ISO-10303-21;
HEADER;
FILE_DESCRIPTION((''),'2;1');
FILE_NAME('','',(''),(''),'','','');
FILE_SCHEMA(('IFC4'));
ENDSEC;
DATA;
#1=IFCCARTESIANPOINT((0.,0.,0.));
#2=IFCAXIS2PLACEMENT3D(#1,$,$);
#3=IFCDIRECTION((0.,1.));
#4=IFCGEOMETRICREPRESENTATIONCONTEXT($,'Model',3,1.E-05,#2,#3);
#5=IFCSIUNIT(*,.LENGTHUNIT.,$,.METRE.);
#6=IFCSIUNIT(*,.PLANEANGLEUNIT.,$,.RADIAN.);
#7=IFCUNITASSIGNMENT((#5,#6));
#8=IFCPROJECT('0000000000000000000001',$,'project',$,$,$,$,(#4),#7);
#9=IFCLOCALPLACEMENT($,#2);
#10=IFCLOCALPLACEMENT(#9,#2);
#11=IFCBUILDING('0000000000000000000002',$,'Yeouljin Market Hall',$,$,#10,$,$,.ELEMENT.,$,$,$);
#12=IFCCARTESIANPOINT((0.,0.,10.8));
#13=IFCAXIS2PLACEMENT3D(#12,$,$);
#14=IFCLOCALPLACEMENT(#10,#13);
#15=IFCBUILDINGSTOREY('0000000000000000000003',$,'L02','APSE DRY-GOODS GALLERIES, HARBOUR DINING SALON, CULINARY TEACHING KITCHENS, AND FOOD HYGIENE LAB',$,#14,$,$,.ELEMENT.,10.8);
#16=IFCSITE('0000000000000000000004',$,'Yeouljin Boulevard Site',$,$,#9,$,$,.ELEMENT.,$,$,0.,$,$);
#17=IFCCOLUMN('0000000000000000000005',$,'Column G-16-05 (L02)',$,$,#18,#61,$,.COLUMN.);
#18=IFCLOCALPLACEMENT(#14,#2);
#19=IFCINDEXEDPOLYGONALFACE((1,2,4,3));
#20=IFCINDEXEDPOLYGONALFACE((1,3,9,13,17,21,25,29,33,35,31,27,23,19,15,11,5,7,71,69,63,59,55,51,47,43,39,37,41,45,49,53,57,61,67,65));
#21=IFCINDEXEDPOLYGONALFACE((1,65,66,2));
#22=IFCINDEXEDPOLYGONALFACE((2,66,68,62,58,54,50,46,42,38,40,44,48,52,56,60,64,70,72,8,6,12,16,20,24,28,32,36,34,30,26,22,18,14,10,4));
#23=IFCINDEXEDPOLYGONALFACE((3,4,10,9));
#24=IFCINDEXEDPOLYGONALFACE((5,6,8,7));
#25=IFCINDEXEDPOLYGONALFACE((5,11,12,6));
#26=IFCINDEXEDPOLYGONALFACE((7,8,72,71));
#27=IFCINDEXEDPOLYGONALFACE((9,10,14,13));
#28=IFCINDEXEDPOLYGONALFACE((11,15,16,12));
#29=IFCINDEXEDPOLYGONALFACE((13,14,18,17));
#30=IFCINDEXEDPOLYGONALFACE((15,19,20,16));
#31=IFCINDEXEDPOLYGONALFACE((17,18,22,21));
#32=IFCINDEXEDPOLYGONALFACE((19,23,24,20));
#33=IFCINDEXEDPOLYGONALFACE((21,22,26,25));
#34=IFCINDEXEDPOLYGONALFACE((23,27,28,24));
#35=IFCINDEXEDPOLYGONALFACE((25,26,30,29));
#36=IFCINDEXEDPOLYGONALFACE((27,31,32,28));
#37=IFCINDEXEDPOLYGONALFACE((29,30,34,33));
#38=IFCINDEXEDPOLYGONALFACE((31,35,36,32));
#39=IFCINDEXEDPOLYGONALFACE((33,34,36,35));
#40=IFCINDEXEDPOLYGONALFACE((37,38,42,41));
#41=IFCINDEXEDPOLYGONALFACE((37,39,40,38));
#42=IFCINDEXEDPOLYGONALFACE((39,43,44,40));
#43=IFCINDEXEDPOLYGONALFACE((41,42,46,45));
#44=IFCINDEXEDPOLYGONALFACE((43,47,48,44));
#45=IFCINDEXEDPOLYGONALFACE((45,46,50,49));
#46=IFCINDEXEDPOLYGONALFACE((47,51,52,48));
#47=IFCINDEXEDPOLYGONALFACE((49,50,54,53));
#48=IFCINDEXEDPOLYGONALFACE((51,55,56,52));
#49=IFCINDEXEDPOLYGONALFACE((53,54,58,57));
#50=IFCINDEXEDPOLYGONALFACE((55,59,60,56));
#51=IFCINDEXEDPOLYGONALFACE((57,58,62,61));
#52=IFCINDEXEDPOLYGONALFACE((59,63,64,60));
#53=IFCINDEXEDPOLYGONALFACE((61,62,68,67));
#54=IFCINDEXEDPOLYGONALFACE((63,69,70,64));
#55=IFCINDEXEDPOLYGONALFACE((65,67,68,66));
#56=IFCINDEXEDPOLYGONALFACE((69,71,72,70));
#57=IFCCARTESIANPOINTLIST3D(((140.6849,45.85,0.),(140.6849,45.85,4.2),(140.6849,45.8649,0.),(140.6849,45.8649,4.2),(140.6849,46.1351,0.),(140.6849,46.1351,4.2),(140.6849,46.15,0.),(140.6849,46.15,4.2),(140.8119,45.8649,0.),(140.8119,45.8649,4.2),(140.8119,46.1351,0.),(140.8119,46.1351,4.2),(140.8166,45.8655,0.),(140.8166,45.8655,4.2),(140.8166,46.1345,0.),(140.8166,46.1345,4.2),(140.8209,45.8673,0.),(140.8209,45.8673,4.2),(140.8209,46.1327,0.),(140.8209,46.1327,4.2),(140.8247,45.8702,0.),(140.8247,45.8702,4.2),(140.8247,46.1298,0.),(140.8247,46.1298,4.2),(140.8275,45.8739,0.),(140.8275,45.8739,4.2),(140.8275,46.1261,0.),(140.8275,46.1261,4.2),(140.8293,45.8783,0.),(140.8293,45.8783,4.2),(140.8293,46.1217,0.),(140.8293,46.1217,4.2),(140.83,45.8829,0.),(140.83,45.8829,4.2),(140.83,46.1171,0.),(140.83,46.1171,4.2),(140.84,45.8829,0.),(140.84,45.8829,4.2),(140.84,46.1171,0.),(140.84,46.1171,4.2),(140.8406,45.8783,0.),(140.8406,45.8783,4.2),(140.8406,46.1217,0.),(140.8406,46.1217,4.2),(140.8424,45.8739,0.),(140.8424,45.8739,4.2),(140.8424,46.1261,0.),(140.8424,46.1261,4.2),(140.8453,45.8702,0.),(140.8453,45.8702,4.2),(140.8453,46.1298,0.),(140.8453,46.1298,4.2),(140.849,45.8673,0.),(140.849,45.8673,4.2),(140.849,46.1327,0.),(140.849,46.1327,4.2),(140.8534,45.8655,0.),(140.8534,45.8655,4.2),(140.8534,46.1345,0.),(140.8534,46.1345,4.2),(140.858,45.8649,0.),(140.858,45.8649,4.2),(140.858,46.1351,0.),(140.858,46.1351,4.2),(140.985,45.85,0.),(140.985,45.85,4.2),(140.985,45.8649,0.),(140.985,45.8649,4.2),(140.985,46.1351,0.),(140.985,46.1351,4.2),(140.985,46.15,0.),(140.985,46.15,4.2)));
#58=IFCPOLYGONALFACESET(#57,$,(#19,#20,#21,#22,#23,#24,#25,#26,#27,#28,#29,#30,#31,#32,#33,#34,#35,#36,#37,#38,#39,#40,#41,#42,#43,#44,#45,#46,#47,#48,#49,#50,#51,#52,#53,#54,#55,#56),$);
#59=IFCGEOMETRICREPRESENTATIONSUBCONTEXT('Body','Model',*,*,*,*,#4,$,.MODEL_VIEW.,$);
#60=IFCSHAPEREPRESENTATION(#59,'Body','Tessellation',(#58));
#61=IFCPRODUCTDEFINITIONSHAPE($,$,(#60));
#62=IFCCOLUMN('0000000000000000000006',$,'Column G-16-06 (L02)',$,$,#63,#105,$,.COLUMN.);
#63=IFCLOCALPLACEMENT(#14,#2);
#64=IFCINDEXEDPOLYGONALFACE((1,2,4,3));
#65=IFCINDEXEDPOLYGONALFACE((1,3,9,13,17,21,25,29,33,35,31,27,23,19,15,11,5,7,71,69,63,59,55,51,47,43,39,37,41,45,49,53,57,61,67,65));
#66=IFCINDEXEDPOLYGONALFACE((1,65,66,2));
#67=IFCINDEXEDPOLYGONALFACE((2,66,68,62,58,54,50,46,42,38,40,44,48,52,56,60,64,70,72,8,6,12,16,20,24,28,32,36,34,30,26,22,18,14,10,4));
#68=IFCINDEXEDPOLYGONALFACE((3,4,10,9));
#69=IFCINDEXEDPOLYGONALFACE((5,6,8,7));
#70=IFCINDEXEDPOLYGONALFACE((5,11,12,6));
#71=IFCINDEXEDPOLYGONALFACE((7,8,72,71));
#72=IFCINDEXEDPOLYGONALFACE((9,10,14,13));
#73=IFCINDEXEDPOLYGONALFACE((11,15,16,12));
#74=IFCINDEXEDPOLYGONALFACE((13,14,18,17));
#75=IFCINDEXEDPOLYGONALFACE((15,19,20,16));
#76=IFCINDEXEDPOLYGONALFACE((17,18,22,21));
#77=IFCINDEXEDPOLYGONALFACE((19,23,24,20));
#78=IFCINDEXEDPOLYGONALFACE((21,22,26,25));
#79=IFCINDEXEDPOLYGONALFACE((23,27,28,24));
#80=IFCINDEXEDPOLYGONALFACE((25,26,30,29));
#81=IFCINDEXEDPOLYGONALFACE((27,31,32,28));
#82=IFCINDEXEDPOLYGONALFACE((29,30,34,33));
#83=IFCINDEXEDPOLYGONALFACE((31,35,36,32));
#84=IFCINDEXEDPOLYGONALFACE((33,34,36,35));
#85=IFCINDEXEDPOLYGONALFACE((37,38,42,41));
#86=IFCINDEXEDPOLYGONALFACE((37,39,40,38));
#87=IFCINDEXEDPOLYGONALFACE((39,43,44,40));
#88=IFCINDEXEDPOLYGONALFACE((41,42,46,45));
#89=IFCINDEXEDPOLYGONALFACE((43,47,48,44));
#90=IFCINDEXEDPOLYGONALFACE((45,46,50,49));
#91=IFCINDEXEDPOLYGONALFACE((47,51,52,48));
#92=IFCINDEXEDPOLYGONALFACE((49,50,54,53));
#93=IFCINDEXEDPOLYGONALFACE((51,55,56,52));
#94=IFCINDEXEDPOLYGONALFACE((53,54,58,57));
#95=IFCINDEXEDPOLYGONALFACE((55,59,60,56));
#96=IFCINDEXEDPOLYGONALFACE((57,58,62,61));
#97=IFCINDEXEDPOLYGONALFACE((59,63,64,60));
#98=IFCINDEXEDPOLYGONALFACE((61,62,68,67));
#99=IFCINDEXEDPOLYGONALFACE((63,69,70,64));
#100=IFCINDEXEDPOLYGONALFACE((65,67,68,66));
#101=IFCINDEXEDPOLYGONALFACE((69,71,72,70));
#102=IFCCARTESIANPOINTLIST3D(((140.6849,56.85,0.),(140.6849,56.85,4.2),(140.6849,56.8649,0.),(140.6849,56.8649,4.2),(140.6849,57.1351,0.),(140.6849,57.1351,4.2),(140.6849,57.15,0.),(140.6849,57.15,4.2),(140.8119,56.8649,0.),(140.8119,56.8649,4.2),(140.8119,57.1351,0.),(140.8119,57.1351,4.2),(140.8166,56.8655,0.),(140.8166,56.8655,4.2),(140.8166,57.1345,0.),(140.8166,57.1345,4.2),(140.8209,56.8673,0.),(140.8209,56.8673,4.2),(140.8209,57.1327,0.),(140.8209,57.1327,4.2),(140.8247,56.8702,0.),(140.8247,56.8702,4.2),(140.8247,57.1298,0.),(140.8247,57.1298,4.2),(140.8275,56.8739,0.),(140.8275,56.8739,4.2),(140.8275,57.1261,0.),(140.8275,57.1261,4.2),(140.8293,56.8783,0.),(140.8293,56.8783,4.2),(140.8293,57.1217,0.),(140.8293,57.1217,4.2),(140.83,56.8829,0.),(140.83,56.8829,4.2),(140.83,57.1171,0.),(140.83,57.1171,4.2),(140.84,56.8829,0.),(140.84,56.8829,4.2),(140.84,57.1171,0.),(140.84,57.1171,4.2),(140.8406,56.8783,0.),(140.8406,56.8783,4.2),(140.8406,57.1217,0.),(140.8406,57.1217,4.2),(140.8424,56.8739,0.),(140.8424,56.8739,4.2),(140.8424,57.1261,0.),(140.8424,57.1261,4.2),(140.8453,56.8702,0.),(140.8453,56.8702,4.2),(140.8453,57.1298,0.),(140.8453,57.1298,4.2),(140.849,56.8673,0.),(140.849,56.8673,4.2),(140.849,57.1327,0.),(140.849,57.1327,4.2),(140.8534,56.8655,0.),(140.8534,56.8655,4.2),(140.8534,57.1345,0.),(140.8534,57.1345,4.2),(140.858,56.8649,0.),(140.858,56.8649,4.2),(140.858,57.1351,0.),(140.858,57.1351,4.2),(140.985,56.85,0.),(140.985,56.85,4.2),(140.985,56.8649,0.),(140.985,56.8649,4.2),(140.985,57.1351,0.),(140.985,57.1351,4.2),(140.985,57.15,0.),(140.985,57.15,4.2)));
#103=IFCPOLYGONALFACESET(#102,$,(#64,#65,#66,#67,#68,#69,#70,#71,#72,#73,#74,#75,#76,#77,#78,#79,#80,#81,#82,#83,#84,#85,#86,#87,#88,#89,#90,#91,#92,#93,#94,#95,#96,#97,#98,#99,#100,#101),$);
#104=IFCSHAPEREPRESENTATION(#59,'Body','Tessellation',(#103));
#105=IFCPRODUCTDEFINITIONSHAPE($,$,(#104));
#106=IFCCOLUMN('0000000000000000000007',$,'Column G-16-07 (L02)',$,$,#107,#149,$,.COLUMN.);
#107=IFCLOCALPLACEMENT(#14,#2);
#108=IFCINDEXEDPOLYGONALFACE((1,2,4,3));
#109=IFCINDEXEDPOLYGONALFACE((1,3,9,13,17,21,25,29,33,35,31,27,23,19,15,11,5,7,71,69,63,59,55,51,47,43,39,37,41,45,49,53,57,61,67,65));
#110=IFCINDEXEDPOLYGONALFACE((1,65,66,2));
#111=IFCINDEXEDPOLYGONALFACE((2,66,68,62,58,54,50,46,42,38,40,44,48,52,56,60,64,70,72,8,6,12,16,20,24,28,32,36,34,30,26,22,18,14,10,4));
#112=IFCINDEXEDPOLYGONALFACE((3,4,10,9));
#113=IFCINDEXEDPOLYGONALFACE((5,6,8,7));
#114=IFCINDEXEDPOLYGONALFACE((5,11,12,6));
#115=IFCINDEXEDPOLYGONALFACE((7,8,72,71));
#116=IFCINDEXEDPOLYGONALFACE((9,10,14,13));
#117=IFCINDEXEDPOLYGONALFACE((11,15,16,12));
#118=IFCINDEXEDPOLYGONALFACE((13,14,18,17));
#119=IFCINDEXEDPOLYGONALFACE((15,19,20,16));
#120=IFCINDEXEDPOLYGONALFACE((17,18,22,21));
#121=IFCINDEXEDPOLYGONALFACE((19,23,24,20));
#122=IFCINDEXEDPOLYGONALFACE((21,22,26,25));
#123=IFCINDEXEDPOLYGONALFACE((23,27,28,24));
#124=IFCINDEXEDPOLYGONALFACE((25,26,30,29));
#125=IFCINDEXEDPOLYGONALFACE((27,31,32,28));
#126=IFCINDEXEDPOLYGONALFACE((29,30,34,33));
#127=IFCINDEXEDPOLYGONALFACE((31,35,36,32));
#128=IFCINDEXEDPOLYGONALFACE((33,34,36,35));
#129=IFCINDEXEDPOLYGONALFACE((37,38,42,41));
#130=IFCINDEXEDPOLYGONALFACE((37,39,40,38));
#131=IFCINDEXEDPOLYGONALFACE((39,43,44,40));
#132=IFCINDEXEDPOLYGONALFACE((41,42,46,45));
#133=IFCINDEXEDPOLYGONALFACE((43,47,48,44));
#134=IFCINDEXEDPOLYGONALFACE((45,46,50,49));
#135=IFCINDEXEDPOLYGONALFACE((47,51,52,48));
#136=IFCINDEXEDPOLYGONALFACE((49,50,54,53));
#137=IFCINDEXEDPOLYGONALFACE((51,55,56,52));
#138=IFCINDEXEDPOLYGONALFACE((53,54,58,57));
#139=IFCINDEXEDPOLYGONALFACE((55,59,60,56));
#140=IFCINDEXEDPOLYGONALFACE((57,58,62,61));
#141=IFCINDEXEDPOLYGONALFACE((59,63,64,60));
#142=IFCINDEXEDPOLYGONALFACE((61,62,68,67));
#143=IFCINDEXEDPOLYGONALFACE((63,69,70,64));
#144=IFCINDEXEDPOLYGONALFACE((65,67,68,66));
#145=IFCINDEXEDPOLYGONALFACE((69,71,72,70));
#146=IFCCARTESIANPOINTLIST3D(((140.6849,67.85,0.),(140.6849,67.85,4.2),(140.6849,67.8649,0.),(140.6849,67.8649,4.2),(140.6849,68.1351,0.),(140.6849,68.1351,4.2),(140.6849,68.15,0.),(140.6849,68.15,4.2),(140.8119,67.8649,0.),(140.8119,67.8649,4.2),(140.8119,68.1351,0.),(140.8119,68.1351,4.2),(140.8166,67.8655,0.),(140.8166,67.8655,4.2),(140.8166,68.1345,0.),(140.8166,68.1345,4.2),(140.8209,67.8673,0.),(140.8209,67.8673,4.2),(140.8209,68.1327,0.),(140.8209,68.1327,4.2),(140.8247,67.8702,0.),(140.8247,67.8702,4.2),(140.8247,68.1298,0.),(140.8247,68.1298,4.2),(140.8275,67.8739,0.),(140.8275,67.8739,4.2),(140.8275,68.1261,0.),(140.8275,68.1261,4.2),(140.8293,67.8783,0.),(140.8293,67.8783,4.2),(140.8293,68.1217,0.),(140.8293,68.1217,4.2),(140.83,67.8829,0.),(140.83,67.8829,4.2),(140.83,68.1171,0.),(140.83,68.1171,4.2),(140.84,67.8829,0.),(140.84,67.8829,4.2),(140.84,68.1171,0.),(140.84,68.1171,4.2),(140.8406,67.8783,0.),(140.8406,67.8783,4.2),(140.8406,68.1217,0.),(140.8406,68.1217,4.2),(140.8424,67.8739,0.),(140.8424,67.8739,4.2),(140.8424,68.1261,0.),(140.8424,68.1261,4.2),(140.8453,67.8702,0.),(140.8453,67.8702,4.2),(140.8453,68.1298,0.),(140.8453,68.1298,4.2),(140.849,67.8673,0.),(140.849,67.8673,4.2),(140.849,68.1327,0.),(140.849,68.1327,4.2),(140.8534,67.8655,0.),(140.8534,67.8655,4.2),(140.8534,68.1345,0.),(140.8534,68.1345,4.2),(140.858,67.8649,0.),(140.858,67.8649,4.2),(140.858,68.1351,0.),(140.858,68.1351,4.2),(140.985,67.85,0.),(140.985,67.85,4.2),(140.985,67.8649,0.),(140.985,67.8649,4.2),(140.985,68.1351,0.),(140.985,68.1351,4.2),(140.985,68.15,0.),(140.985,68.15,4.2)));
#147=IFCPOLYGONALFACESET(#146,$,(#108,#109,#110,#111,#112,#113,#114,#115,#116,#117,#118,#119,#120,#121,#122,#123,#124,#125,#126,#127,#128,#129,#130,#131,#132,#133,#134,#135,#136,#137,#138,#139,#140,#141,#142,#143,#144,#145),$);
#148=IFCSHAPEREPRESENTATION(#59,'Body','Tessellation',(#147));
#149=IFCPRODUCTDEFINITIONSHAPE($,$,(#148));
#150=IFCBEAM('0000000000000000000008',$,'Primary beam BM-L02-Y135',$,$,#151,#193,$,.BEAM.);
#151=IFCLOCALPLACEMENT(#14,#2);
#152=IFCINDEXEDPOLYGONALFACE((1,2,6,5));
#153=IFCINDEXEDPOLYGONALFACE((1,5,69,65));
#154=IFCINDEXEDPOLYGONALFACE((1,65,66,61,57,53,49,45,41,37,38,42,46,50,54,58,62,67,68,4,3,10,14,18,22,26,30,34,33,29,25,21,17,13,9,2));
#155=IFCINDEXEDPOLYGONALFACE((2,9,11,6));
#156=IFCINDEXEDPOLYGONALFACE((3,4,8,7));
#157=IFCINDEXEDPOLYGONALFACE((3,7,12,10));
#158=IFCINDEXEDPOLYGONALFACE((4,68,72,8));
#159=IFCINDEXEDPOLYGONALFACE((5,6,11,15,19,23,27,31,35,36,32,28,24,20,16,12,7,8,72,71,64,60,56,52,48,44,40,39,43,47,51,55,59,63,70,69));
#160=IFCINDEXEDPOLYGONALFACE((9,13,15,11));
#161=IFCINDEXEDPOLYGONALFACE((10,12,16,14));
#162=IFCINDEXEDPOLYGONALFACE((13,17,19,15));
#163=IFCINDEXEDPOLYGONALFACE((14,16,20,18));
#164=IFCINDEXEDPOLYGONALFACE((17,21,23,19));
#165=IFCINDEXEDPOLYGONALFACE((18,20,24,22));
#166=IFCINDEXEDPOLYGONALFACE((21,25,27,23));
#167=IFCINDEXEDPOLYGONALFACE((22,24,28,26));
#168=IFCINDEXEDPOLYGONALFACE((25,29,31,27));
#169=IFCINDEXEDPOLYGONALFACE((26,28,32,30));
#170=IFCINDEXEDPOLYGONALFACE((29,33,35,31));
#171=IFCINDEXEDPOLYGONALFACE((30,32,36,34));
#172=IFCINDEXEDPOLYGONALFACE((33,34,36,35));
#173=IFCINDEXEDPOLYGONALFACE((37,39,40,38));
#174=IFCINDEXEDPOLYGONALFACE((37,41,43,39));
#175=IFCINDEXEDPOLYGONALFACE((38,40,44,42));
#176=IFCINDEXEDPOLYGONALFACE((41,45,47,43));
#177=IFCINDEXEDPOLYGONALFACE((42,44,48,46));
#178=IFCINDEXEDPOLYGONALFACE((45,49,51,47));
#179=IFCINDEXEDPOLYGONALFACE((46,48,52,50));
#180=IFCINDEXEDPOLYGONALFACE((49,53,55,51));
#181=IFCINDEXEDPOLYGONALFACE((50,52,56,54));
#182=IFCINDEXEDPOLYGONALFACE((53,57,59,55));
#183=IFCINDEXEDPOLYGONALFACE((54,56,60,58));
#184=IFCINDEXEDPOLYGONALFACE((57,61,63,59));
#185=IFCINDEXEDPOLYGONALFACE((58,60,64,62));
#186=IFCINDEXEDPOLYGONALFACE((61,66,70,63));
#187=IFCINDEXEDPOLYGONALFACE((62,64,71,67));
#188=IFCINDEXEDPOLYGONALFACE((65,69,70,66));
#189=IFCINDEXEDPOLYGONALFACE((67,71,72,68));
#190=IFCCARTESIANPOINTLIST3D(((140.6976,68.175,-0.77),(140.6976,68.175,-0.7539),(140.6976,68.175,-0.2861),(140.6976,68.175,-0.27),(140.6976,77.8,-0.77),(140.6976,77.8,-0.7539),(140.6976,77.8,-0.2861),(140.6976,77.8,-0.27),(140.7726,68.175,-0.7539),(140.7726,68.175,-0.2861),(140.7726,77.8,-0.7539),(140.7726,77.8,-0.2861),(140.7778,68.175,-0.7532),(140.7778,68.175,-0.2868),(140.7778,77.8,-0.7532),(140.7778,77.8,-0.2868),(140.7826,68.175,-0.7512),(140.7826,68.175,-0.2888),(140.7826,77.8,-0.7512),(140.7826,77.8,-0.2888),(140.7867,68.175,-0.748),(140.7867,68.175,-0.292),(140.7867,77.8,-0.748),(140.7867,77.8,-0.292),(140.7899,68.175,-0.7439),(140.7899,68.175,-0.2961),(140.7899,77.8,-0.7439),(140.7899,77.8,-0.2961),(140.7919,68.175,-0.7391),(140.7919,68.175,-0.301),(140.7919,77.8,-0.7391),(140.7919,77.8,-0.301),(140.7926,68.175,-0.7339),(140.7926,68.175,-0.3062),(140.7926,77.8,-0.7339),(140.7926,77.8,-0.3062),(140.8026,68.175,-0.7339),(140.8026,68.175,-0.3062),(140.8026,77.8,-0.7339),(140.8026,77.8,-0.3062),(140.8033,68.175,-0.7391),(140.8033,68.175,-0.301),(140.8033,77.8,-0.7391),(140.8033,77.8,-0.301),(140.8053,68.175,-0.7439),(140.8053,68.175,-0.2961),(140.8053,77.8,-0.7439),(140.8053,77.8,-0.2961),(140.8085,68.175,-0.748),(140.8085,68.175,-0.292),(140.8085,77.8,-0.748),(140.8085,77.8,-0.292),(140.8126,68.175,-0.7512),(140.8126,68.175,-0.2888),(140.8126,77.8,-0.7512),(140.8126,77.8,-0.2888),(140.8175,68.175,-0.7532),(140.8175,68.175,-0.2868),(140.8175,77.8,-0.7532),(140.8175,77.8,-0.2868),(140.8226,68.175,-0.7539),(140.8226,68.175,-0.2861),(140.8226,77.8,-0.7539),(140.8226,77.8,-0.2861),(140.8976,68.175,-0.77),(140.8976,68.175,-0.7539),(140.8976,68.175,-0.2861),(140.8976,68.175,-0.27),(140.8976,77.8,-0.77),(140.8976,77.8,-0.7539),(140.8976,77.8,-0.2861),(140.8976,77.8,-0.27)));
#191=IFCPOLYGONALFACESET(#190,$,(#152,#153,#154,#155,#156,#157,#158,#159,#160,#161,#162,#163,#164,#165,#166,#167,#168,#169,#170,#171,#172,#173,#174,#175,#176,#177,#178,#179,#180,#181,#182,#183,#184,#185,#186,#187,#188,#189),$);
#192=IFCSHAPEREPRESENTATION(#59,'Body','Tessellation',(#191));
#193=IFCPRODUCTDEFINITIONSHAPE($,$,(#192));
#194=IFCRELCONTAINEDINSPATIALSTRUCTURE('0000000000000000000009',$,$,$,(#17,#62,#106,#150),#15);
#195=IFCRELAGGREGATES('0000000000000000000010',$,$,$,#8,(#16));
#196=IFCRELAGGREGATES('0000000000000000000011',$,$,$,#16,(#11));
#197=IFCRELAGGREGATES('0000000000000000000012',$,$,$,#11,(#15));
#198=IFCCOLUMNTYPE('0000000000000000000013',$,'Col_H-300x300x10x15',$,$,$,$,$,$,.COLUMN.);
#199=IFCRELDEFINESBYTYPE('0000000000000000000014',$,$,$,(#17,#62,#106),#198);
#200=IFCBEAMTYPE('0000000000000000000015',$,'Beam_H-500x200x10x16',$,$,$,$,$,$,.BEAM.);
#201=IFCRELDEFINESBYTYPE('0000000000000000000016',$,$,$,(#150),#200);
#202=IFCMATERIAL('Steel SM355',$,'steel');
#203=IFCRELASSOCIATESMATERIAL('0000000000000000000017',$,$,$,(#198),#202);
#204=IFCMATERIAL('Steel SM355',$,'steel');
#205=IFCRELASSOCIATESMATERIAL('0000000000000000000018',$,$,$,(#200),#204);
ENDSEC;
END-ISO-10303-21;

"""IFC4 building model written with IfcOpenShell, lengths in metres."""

from ifc_helpers import new_model, si_unit, direction, frame, origin, origin_2d, place, context, subcontext, project, spatial, i_section, extrude, material, material_profile, profile_set, type_object, element, save


model = new_model("IFC4")

# Units and contexts
model_context = context("Model", 3, precision=1e-05, world=origin(), true_north=direction((0.0, 1.0)))
body_context = subcontext(model_context, "Body", "Model", "MODEL_VIEW")
ifc_project = project(units=[si_unit("LENGTHUNIT", "METRE"), si_unit("PLANEANGLEUNIT", "RADIAN")], contexts=[model_context])

# Site, building, storey
site_placement = place(None, origin())
site = spatial("IfcSite", under=ifc_project, at=site_placement, Name="Yeouljin Boulevard Site", CompositionType="ELEMENT", RefElevation=0.0)
building_placement = place(site_placement, origin())
building = spatial("IfcBuilding", under=site, at=building_placement, Name="Yeouljin Market Hall", CompositionType="ELEMENT")
storey_placement = place(building_placement, frame((0.0, 0.0, 10.8)))
storey = spatial("IfcBuildingStorey", under=building, at=storey_placement, Name="L02", Description="APSE DRY-GOODS GALLERIES, HARBOUR DINING SALON, CULINARY TEACHING KITCHENS, AND FOOD HYGIENE LAB", CompositionType="ELEMENT", Elevation=10.8)

# Columns
ifc_material_1 = material(Name="Steel SM355", Category="steel")
ifc_material_profile_1 = material_profile(ifc_material_1, i_section(OverallWidth=0.3, OverallDepth=0.3, WebThickness=0.01, FlangeThickness=0.0149, FilletRadius=0.0181, at=origin_2d()), Name="H-300x300x10x15")
ifc_profile_set_1 = profile_set([ifc_material_profile_1], Name="Steel SM355")
column_type = type_object("IfcColumnType", Name="Col_H-300x300x10x15", PredefinedType="COLUMN", material=ifc_profile_set_1)
for number, where, z_axis, x_axis, name in (
    (1, (140.835, 46.0, 0.0), (0.0, 0.0, 1.0), (1.0, 0.0, 0.0), "Column G-16-05 (L02)"),
    (2, (140.835, 57.0, 0.0), (0.0, 0.0, 1.0), (1.0, 0.0, 0.0), "Column G-16-06 (L02)"),
    (3, (140.835, 68.0, 0.0), (0.0, 0.0, 1.0), (1.0, 0.0, 0.0), "Column G-16-07 (L02)"),
):
    element("IfcColumn", number, at=place(storey_placement, frame(where, z_axis=z_axis, x_axis=x_axis)), inside=storey, type_object=column_type, Name=name, PredefinedType="COLUMN", context=body_context, shape_type="SweptSolid", body=[
        extrude(i_section(OverallWidth=0.3, OverallDepth=0.3, WebThickness=0.01, FlangeThickness=0.0149, FilletRadius=0.0181, at=origin_2d()), origin(), (0.0, 0.0, 1.0), 4.2),
    ])

# Beam
ifc_material_2 = material(Name="Steel SM355", Category="steel")
ifc_material_profile_2 = material_profile(ifc_material_2, i_section(OverallWidth=0.2, OverallDepth=0.5, WebThickness=0.01, FlangeThickness=0.0161, FilletRadius=0.02, at=origin_2d()), Name="H-500x200x10x16")
ifc_profile_set_2 = profile_set([ifc_material_profile_2], Name="Steel SM355")
beam_type_1 = type_object("IfcBeamType", Name="Beam_H-500x200x10x16", PredefinedType="BEAM", material=ifc_profile_set_2)
beam_1_placement = place(storey_placement, frame((140.7976, 68.175, -0.52), z_axis=(0.0, 1.0, 0.0), x_axis=(-1.0, 0.0, 0.0)))
element("IfcBeam", 4, at=beam_1_placement, inside=storey, type_object=beam_type_1, Name="Primary beam BM-L02-Y135", PredefinedType="BEAM", context=body_context, shape_type="SweptSolid", body=[
    extrude(i_section(OverallWidth=0.2, OverallDepth=0.5, WebThickness=0.01, FlangeThickness=0.0161, FilletRadius=0.02, at=origin_2d()), origin(), (0.0, 0.0, 1.0), 9.625),
])

save(model, "model.ifc")
